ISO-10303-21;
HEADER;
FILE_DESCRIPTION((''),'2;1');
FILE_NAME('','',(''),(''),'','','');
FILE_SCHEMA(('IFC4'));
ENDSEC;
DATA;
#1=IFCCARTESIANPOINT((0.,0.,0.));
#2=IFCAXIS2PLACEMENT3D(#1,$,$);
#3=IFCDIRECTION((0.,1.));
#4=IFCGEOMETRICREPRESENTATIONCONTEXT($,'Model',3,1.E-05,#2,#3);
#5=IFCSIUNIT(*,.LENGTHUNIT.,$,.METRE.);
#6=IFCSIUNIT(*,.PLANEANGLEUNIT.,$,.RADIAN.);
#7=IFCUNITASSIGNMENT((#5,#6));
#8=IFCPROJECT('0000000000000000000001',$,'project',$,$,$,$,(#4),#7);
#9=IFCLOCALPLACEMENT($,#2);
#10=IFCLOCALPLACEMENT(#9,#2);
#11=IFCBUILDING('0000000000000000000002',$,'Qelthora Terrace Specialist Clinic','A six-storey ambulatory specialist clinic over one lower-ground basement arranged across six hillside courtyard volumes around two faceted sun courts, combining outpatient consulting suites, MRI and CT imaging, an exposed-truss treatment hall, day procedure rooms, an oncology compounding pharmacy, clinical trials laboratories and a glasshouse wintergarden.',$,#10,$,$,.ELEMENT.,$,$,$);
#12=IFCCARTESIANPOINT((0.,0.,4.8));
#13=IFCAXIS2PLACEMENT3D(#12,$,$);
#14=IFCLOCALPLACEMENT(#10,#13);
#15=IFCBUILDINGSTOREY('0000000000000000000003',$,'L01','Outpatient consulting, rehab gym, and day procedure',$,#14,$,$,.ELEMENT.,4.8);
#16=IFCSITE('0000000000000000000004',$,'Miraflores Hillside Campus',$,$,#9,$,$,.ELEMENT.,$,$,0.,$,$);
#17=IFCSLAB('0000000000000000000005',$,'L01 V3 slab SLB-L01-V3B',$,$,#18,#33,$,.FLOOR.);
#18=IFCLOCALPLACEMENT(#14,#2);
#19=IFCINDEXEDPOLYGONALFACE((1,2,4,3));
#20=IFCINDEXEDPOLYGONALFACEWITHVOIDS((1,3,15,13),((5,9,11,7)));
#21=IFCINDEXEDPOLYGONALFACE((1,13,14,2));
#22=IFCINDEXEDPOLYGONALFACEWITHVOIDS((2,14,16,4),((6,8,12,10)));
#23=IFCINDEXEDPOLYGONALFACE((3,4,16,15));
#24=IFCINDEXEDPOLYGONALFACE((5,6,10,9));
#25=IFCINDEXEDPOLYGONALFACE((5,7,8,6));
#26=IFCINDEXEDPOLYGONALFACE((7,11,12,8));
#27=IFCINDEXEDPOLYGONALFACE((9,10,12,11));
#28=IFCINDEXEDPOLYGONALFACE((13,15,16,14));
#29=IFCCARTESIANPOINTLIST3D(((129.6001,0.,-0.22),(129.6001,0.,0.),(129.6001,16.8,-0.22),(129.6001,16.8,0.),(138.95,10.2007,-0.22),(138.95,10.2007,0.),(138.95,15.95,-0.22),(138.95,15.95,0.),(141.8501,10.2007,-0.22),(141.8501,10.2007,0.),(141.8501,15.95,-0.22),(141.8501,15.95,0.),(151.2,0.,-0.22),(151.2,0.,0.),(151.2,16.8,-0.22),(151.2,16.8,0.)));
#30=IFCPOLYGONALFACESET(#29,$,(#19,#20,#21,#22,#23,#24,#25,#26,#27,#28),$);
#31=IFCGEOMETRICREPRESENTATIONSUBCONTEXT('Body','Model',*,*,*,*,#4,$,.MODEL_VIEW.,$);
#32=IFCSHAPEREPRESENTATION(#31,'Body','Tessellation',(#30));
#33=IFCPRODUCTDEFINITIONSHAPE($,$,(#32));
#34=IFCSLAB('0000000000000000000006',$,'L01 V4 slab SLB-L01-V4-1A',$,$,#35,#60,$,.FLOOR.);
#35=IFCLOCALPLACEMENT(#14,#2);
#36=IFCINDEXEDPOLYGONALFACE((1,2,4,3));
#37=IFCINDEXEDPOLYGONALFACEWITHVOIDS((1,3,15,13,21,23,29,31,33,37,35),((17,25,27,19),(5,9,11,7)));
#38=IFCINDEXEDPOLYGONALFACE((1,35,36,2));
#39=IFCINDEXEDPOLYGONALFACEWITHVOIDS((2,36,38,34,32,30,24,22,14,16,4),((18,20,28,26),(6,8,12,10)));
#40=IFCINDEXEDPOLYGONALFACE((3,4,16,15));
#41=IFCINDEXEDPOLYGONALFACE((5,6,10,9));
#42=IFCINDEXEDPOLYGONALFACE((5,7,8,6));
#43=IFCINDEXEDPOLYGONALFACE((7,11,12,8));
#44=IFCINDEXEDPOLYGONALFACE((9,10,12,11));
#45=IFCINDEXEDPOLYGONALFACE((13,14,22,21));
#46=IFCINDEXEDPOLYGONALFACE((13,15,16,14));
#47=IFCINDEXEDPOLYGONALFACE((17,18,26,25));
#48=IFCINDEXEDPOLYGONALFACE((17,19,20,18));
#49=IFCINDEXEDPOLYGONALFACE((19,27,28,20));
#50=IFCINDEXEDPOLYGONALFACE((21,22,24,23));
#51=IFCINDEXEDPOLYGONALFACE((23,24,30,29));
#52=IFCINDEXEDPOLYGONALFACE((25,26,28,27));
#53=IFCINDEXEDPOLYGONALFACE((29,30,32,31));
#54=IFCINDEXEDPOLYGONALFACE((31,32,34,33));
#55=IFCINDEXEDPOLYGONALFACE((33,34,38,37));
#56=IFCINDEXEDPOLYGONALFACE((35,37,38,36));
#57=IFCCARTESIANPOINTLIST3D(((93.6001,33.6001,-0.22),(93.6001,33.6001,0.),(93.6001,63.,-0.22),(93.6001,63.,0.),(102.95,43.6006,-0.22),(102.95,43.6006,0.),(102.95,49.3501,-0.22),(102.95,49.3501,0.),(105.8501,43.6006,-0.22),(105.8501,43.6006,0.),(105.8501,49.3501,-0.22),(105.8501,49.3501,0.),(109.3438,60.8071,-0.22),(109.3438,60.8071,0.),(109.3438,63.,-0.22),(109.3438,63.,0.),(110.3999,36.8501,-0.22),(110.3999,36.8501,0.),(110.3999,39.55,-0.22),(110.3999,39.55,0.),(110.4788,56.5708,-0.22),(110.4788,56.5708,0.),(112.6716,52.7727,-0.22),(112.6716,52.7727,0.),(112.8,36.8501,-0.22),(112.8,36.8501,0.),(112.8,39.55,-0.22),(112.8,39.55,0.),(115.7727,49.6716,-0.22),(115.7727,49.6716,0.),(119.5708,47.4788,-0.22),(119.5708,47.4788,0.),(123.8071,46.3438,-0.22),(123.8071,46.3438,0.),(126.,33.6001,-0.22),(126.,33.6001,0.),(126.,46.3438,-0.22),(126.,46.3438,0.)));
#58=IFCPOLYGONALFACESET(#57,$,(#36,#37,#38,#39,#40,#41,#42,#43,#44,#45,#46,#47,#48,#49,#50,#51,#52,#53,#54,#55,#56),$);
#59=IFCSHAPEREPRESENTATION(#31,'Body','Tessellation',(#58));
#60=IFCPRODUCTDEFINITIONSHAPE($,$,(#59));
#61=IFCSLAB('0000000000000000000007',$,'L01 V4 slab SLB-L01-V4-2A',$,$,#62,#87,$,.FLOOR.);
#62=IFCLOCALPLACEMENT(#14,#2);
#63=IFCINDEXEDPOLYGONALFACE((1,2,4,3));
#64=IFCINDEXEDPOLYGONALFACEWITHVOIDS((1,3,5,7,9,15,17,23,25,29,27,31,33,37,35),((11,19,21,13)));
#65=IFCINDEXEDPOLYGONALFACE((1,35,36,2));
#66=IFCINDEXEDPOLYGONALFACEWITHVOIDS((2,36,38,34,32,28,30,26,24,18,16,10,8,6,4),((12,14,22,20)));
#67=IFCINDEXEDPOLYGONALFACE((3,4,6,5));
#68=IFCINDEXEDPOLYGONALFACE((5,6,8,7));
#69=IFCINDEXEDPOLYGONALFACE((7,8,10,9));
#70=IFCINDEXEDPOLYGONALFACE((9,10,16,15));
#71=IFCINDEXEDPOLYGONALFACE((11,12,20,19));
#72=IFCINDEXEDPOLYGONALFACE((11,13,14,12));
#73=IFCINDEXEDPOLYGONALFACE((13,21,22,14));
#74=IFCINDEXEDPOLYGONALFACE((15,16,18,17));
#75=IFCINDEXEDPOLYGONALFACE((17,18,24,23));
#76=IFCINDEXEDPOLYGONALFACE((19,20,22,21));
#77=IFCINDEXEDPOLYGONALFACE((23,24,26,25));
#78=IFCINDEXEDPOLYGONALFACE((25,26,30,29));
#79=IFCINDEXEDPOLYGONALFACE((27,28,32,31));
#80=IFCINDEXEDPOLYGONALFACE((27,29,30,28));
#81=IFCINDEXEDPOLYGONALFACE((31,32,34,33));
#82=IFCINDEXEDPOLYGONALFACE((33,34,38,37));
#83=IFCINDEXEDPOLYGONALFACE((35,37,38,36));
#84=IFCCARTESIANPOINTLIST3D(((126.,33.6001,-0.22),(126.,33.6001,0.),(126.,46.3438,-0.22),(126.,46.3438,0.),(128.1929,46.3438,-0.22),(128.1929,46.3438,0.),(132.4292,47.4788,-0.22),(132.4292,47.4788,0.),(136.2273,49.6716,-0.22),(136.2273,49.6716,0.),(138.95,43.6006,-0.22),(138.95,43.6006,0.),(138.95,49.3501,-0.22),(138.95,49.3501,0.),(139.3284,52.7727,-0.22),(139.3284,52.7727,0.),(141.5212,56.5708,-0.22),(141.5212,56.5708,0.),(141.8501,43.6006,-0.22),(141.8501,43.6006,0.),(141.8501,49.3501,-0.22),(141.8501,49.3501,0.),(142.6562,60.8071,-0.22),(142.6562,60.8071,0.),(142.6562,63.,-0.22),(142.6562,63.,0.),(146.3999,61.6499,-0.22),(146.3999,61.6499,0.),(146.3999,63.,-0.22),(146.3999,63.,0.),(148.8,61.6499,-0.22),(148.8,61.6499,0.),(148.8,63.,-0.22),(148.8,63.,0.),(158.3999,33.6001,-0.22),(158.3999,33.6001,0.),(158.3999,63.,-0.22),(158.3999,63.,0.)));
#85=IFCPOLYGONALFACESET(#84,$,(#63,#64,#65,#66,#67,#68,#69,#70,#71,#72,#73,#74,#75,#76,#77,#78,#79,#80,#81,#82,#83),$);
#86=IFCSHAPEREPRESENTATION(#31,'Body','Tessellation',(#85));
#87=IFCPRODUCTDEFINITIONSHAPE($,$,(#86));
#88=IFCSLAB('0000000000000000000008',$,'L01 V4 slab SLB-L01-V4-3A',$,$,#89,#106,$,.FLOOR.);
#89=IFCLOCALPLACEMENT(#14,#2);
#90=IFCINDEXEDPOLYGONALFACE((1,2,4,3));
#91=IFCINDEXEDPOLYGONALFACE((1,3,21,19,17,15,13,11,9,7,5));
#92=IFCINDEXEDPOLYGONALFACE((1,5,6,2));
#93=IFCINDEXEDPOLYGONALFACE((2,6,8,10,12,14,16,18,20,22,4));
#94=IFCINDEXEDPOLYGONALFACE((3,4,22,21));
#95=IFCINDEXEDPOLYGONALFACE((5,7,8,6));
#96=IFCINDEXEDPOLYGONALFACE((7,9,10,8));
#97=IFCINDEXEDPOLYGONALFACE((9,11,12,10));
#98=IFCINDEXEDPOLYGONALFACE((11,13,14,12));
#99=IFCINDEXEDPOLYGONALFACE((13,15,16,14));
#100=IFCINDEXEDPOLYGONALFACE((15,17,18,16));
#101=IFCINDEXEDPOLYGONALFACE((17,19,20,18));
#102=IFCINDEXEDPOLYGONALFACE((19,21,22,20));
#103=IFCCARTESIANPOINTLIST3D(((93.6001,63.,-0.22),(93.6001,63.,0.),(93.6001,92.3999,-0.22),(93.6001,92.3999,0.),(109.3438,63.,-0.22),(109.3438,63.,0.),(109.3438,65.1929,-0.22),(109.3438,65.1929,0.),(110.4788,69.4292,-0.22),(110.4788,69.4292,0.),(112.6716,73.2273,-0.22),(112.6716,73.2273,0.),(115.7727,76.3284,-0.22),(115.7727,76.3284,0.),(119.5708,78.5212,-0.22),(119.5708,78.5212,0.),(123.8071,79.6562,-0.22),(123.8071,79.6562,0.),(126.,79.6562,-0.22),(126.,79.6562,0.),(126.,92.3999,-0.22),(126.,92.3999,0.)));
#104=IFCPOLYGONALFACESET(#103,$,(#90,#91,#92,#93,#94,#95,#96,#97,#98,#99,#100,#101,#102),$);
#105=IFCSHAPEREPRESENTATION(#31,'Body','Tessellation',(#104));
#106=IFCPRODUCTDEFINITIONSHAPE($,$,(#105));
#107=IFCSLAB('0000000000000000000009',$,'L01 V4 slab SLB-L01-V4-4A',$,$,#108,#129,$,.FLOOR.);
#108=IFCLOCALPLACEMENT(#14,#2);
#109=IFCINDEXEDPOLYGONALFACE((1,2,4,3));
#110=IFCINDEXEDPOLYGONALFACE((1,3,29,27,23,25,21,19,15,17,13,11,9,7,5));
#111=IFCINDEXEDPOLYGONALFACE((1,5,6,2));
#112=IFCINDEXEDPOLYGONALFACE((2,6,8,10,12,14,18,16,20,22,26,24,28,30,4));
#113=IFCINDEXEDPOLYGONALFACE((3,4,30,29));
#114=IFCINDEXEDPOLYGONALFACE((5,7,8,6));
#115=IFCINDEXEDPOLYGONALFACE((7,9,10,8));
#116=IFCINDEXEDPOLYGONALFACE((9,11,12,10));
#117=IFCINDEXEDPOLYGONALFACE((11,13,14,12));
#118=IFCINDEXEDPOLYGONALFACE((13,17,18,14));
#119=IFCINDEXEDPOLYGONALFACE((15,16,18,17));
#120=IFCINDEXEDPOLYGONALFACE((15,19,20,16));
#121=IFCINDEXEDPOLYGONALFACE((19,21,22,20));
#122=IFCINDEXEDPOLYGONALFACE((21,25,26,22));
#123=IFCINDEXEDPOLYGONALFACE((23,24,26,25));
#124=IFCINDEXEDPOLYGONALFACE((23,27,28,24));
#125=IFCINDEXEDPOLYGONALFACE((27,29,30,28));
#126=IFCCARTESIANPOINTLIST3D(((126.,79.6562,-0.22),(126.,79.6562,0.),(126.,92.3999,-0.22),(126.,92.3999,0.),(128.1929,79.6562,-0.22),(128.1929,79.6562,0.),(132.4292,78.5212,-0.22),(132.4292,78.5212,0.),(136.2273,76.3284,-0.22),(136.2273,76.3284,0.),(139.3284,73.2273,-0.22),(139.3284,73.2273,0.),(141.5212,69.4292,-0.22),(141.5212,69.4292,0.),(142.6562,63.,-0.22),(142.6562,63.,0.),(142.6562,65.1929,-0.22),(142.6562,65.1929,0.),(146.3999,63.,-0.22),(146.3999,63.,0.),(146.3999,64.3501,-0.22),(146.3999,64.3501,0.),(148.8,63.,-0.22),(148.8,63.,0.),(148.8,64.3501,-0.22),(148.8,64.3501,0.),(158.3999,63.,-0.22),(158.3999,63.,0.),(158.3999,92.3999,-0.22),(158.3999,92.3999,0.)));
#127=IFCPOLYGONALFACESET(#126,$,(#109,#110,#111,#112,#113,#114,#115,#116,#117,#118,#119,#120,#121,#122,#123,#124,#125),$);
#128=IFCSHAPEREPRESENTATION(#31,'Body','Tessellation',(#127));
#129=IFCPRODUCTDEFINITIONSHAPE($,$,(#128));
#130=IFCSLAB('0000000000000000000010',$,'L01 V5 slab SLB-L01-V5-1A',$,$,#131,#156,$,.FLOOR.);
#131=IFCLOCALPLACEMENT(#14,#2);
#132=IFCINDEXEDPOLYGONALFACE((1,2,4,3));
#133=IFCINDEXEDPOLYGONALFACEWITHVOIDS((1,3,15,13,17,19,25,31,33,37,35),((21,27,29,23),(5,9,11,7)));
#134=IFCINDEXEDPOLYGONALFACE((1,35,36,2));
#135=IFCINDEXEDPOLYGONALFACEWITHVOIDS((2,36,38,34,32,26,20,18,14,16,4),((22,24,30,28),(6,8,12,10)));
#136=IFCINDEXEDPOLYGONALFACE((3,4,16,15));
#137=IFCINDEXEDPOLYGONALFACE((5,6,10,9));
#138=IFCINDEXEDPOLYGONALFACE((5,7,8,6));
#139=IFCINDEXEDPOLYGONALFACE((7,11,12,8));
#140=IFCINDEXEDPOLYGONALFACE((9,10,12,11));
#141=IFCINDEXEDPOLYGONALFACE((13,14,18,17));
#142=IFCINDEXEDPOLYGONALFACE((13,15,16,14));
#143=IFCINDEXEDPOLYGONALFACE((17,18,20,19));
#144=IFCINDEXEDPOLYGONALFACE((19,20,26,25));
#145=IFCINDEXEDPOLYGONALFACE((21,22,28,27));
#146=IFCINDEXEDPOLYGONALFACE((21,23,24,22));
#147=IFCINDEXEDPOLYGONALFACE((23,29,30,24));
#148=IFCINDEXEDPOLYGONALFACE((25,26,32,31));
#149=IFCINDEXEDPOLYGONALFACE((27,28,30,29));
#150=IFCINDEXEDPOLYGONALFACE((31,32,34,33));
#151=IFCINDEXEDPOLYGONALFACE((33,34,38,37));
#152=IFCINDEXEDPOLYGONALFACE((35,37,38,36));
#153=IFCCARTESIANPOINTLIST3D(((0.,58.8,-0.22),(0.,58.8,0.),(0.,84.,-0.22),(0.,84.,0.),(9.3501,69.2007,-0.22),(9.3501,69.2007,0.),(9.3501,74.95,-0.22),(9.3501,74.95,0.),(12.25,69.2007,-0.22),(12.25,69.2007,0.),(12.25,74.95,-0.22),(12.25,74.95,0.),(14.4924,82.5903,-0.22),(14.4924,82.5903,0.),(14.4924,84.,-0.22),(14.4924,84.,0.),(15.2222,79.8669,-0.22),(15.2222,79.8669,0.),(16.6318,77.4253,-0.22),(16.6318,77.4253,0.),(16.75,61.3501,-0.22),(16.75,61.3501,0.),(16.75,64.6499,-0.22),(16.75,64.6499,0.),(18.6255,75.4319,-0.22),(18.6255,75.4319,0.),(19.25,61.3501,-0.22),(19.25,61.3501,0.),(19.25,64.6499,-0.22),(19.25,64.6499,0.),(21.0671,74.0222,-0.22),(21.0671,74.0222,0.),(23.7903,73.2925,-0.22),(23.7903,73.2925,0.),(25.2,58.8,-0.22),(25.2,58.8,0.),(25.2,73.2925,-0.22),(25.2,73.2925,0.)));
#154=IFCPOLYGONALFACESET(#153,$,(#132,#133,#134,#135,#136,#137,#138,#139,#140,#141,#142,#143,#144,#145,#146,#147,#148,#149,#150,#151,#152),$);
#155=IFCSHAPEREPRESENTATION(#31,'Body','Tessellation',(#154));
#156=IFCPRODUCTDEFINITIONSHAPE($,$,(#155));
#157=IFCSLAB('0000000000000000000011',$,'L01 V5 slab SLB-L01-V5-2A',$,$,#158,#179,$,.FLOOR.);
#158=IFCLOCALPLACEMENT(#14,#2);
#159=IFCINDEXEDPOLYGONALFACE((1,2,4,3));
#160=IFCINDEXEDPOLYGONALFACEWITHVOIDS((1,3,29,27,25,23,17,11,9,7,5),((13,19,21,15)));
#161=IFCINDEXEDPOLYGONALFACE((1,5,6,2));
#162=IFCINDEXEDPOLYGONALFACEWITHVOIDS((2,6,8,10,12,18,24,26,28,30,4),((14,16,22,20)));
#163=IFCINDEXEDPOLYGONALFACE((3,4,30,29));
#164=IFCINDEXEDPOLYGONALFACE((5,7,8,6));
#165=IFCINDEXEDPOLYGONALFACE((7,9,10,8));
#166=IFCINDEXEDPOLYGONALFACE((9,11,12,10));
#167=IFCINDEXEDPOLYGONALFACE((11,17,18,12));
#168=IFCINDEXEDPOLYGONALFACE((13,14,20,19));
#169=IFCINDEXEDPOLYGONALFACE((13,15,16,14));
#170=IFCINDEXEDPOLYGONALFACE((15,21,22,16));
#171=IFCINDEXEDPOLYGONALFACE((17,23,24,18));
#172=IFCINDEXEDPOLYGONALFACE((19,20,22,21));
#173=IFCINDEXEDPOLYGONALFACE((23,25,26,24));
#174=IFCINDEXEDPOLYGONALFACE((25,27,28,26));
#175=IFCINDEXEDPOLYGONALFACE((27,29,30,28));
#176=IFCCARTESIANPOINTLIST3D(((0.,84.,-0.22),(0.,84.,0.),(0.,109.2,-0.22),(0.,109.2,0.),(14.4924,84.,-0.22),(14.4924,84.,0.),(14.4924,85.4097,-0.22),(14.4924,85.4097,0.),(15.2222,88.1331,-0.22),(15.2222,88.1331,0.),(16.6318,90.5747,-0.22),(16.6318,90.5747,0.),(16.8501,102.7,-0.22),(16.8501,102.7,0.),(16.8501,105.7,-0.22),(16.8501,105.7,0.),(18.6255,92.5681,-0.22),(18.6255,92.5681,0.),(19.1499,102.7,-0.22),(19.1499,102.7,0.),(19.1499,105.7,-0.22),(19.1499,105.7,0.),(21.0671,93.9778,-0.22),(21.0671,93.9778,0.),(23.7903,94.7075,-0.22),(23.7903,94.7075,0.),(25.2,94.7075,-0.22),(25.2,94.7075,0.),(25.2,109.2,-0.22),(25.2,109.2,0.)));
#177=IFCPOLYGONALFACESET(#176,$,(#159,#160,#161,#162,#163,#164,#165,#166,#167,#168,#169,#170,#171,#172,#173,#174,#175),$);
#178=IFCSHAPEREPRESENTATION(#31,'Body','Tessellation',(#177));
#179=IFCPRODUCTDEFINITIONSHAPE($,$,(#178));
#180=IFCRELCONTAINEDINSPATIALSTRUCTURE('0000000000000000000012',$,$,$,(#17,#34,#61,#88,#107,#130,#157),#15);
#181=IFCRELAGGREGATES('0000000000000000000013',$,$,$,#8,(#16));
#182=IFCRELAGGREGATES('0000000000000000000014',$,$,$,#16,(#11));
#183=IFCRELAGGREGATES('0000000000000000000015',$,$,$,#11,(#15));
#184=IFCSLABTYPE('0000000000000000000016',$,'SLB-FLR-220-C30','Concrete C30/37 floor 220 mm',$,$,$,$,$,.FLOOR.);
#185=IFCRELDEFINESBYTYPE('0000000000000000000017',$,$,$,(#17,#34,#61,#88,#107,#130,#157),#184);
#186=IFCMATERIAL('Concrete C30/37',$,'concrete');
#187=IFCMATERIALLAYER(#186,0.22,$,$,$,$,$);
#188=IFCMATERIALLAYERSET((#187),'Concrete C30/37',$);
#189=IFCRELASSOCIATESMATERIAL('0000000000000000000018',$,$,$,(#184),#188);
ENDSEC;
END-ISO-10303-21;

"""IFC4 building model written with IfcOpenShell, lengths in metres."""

from ifc_helpers import new_model, si_unit, direction, frame, origin, place, context, subcontext, project, spatial, polyline, outline, extrude, material, layer, layer_set, type_object, element, save


model = new_model("IFC4")

# Units and contexts
model_context = context("Model", 3, precision=1e-05, world=origin(), true_north=direction((0.0, 1.0)))
body_context = subcontext(model_context, "Body", "Model", "MODEL_VIEW")
ifc_project = project(units=[si_unit("LENGTHUNIT", "METRE"), si_unit("PLANEANGLEUNIT", "RADIAN")], contexts=[model_context])

# Site, building, storey
site_placement = place(None, origin())
site = spatial("IfcSite", under=ifc_project, at=site_placement, Name="Miraflores Hillside Campus", CompositionType="ELEMENT", RefElevation=0.0)
building_placement = place(site_placement, origin())
building = spatial("IfcBuilding", under=site, at=building_placement, Name="Qelthora Terrace Specialist Clinic", Description="A six-storey ambulatory specialist clinic over one lower-ground basement arranged across six hillside courtyard volumes around two faceted sun courts, combining outpatient consulting suites, MRI and CT imaging, an exposed-truss treatment hall, day procedure rooms, an oncology compounding pharmacy, clinical trials laboratories and a glasshouse wintergarden.", CompositionType="ELEMENT")
storey_placement = place(building_placement, frame((0.0, 0.0, 4.8)))
storey = spatial("IfcBuildingStorey", under=building, at=storey_placement, Name="L01", Description="Outpatient consulting, rehab gym, and day procedure", CompositionType="ELEMENT", Elevation=4.8)

# Slabs
ifc_material_1 = material(Name="Concrete C30/37", Category="concrete")
ifc_layer_1 = layer(ifc_material_1, 0.22)
ifc_layer_set_1 = layer_set([ifc_layer_1], Name="Concrete C30/37")
slab_type_1 = type_object("IfcSlabType", Name="SLB-FLR-220-C30", Description="Concrete C30/37 floor 220 mm", PredefinedType="FLOOR", material=ifc_layer_set_1)
slab_1_placement = place(storey_placement, frame((0.0, 0.0, -0.22)))
element("IfcSlab", 1, at=slab_1_placement, inside=storey, type_object=slab_type_1, Name="L01 V3 slab SLB-L01-V3B", PredefinedType="FLOOR", context=body_context, shape_type="SweptSolid", body=[
    extrude(outline(polyline([(129.6001, 16.8), (151.2, 16.8), (151.2, 0.0), (129.6001, 0.0), (129.6001, 16.8)]), holes=[polyline([(141.8501, 15.95), (138.95, 15.95), (138.95, 10.2007), (141.8501, 10.2007), (141.8501, 15.95)])]), origin(), (0.0, 0.0, 1.0), 0.22),
])
slab_2_placement = place(storey_placement, frame((0.0, 0.0, -0.22)))
element("IfcSlab", 2, at=slab_2_placement, inside=storey, type_object=slab_type_1, Name="L01 V4 slab SLB-L01-V4-1A", PredefinedType="FLOOR", context=body_context, shape_type="SweptSolid", body=[
    extrude(outline(polyline([(93.6001, 33.6001), (93.6001, 63.0), (109.3438, 63.0), (109.3438, 60.8071), (110.4788, 56.5708), (112.6716, 52.7727), (115.7727, 49.6716), (119.5708, 47.4788), (123.8071, 46.3438), (126.0, 46.3438), (126.0, 33.6001), (93.6001, 33.6001)]), holes=[polyline([(112.8, 36.8501), (112.8, 39.55), (110.3999, 39.55), (110.3999, 36.8501), (112.8, 36.8501)]), polyline([(105.8501, 43.6006), (105.8501, 49.3501), (102.95, 49.3501), (102.95, 43.6006), (105.8501, 43.6006)])]), origin(), (0.0, 0.0, 1.0), 0.22),
])
slab_3_placement = place(storey_placement, frame((0.0, 0.0, -0.22)))
element("IfcSlab", 3, at=slab_3_placement, inside=storey, type_object=slab_type_1, Name="L01 V4 slab SLB-L01-V4-2A", PredefinedType="FLOOR", context=body_context, shape_type="SweptSolid", body=[
    extrude(outline(polyline([(158.3999, 33.6001), (126.0, 33.6001), (126.0, 46.3438), (128.1929, 46.3438), (132.4292, 47.4788), (136.2273, 49.6716), (139.3284, 52.7727), (141.5212, 56.5708), (142.6562, 60.8071), (142.6562, 63.0), (146.3999, 63.0), (146.3999, 61.6499), (148.8, 61.6499), (148.8, 63.0), (158.3999, 63.0), (158.3999, 33.6001)]), holes=[polyline([(141.8501, 43.6006), (141.8501, 49.3501), (138.95, 49.3501), (138.95, 43.6006), (141.8501, 43.6006)])]), origin(), (0.0, 0.0, 1.0), 0.22),
])
slab_4_placement = place(storey_placement, frame((0.0, 0.0, -0.22)))
element("IfcSlab", 4, at=slab_4_placement, inside=storey, type_object=slab_type_1, Name="L01 V4 slab SLB-L01-V4-3A", PredefinedType="FLOOR", context=body_context, shape_type="SweptSolid", body=[
    extrude(outline(polyline([(93.6001, 92.3999), (126.0, 92.3999), (126.0, 79.6562), (123.8071, 79.6562), (119.5708, 78.5212), (115.7727, 76.3284), (112.6716, 73.2273), (110.4788, 69.4292), (109.3438, 65.1929), (109.3438, 63.0), (93.6001, 63.0), (93.6001, 92.3999)])), origin(), (0.0, 0.0, 1.0), 0.22),
])
slab_5_placement = place(storey_placement, frame((0.0, 0.0, -0.22)))
element("IfcSlab", 5, at=slab_5_placement, inside=storey, type_object=slab_type_1, Name="L01 V4 slab SLB-L01-V4-4A", PredefinedType="FLOOR", context=body_context, shape_type="SweptSolid", body=[
    extrude(outline(polyline([(158.3999, 92.3999), (158.3999, 63.0), (148.8, 63.0), (148.8, 64.3501), (146.3999, 64.3501), (146.3999, 63.0), (142.6562, 63.0), (142.6562, 65.1929), (141.5212, 69.4292), (139.3284, 73.2273), (136.2273, 76.3284), (132.4292, 78.5212), (128.1929, 79.6562), (126.0, 79.6562), (126.0, 92.3999), (158.3999, 92.3999)])), origin(), (0.0, 0.0, 1.0), 0.22),
])
slab_6_placement = place(storey_placement, frame((0.0, 0.0, -0.22)))
element("IfcSlab", 6, at=slab_6_placement, inside=storey, type_object=slab_type_1, Name="L01 V5 slab SLB-L01-V5-1A", PredefinedType="FLOOR", context=body_context, shape_type="SweptSolid", body=[
    extrude(outline(polyline([(0.0, 58.8), (0.0, 84.0), (14.4924, 84.0), (14.4924, 82.5903), (15.2222, 79.8669), (16.6318, 77.4253), (18.6255, 75.4319), (21.0671, 74.0222), (23.7903, 73.2925), (25.2, 73.2925), (25.2, 58.8), (0.0, 58.8)]), holes=[polyline([(19.25, 61.3501), (19.25, 64.6499), (16.75, 64.6499), (16.75, 61.3501), (19.25, 61.3501)]), polyline([(12.25, 69.2007), (12.25, 74.95), (9.3501, 74.95), (9.3501, 69.2007), (12.25, 69.2007)])]), origin(), (0.0, 0.0, 1.0), 0.22),
])
slab_7_placement = place(storey_placement, frame((0.0, 0.0, -0.22)))
element("IfcSlab", 7, at=slab_7_placement, inside=storey, type_object=slab_type_1, Name="L01 V5 slab SLB-L01-V5-2A", PredefinedType="FLOOR", context=body_context, shape_type="SweptSolid", body=[
    extrude(outline(polyline([(0.0, 109.2), (25.2, 109.2), (25.2, 94.7075), (23.7903, 94.7075), (21.0671, 93.9778), (18.6255, 92.5681), (16.6318, 90.5747), (15.2222, 88.1331), (14.4924, 85.4097), (14.4924, 84.0), (0.0, 84.0), (0.0, 109.2)]), holes=[polyline([(19.1499, 102.7), (19.1499, 105.7), (16.8501, 105.7), (16.8501, 102.7), (19.1499, 102.7)])]), origin(), (0.0, 0.0, 1.0), 0.22),
])

save(model, "model.ifc")
